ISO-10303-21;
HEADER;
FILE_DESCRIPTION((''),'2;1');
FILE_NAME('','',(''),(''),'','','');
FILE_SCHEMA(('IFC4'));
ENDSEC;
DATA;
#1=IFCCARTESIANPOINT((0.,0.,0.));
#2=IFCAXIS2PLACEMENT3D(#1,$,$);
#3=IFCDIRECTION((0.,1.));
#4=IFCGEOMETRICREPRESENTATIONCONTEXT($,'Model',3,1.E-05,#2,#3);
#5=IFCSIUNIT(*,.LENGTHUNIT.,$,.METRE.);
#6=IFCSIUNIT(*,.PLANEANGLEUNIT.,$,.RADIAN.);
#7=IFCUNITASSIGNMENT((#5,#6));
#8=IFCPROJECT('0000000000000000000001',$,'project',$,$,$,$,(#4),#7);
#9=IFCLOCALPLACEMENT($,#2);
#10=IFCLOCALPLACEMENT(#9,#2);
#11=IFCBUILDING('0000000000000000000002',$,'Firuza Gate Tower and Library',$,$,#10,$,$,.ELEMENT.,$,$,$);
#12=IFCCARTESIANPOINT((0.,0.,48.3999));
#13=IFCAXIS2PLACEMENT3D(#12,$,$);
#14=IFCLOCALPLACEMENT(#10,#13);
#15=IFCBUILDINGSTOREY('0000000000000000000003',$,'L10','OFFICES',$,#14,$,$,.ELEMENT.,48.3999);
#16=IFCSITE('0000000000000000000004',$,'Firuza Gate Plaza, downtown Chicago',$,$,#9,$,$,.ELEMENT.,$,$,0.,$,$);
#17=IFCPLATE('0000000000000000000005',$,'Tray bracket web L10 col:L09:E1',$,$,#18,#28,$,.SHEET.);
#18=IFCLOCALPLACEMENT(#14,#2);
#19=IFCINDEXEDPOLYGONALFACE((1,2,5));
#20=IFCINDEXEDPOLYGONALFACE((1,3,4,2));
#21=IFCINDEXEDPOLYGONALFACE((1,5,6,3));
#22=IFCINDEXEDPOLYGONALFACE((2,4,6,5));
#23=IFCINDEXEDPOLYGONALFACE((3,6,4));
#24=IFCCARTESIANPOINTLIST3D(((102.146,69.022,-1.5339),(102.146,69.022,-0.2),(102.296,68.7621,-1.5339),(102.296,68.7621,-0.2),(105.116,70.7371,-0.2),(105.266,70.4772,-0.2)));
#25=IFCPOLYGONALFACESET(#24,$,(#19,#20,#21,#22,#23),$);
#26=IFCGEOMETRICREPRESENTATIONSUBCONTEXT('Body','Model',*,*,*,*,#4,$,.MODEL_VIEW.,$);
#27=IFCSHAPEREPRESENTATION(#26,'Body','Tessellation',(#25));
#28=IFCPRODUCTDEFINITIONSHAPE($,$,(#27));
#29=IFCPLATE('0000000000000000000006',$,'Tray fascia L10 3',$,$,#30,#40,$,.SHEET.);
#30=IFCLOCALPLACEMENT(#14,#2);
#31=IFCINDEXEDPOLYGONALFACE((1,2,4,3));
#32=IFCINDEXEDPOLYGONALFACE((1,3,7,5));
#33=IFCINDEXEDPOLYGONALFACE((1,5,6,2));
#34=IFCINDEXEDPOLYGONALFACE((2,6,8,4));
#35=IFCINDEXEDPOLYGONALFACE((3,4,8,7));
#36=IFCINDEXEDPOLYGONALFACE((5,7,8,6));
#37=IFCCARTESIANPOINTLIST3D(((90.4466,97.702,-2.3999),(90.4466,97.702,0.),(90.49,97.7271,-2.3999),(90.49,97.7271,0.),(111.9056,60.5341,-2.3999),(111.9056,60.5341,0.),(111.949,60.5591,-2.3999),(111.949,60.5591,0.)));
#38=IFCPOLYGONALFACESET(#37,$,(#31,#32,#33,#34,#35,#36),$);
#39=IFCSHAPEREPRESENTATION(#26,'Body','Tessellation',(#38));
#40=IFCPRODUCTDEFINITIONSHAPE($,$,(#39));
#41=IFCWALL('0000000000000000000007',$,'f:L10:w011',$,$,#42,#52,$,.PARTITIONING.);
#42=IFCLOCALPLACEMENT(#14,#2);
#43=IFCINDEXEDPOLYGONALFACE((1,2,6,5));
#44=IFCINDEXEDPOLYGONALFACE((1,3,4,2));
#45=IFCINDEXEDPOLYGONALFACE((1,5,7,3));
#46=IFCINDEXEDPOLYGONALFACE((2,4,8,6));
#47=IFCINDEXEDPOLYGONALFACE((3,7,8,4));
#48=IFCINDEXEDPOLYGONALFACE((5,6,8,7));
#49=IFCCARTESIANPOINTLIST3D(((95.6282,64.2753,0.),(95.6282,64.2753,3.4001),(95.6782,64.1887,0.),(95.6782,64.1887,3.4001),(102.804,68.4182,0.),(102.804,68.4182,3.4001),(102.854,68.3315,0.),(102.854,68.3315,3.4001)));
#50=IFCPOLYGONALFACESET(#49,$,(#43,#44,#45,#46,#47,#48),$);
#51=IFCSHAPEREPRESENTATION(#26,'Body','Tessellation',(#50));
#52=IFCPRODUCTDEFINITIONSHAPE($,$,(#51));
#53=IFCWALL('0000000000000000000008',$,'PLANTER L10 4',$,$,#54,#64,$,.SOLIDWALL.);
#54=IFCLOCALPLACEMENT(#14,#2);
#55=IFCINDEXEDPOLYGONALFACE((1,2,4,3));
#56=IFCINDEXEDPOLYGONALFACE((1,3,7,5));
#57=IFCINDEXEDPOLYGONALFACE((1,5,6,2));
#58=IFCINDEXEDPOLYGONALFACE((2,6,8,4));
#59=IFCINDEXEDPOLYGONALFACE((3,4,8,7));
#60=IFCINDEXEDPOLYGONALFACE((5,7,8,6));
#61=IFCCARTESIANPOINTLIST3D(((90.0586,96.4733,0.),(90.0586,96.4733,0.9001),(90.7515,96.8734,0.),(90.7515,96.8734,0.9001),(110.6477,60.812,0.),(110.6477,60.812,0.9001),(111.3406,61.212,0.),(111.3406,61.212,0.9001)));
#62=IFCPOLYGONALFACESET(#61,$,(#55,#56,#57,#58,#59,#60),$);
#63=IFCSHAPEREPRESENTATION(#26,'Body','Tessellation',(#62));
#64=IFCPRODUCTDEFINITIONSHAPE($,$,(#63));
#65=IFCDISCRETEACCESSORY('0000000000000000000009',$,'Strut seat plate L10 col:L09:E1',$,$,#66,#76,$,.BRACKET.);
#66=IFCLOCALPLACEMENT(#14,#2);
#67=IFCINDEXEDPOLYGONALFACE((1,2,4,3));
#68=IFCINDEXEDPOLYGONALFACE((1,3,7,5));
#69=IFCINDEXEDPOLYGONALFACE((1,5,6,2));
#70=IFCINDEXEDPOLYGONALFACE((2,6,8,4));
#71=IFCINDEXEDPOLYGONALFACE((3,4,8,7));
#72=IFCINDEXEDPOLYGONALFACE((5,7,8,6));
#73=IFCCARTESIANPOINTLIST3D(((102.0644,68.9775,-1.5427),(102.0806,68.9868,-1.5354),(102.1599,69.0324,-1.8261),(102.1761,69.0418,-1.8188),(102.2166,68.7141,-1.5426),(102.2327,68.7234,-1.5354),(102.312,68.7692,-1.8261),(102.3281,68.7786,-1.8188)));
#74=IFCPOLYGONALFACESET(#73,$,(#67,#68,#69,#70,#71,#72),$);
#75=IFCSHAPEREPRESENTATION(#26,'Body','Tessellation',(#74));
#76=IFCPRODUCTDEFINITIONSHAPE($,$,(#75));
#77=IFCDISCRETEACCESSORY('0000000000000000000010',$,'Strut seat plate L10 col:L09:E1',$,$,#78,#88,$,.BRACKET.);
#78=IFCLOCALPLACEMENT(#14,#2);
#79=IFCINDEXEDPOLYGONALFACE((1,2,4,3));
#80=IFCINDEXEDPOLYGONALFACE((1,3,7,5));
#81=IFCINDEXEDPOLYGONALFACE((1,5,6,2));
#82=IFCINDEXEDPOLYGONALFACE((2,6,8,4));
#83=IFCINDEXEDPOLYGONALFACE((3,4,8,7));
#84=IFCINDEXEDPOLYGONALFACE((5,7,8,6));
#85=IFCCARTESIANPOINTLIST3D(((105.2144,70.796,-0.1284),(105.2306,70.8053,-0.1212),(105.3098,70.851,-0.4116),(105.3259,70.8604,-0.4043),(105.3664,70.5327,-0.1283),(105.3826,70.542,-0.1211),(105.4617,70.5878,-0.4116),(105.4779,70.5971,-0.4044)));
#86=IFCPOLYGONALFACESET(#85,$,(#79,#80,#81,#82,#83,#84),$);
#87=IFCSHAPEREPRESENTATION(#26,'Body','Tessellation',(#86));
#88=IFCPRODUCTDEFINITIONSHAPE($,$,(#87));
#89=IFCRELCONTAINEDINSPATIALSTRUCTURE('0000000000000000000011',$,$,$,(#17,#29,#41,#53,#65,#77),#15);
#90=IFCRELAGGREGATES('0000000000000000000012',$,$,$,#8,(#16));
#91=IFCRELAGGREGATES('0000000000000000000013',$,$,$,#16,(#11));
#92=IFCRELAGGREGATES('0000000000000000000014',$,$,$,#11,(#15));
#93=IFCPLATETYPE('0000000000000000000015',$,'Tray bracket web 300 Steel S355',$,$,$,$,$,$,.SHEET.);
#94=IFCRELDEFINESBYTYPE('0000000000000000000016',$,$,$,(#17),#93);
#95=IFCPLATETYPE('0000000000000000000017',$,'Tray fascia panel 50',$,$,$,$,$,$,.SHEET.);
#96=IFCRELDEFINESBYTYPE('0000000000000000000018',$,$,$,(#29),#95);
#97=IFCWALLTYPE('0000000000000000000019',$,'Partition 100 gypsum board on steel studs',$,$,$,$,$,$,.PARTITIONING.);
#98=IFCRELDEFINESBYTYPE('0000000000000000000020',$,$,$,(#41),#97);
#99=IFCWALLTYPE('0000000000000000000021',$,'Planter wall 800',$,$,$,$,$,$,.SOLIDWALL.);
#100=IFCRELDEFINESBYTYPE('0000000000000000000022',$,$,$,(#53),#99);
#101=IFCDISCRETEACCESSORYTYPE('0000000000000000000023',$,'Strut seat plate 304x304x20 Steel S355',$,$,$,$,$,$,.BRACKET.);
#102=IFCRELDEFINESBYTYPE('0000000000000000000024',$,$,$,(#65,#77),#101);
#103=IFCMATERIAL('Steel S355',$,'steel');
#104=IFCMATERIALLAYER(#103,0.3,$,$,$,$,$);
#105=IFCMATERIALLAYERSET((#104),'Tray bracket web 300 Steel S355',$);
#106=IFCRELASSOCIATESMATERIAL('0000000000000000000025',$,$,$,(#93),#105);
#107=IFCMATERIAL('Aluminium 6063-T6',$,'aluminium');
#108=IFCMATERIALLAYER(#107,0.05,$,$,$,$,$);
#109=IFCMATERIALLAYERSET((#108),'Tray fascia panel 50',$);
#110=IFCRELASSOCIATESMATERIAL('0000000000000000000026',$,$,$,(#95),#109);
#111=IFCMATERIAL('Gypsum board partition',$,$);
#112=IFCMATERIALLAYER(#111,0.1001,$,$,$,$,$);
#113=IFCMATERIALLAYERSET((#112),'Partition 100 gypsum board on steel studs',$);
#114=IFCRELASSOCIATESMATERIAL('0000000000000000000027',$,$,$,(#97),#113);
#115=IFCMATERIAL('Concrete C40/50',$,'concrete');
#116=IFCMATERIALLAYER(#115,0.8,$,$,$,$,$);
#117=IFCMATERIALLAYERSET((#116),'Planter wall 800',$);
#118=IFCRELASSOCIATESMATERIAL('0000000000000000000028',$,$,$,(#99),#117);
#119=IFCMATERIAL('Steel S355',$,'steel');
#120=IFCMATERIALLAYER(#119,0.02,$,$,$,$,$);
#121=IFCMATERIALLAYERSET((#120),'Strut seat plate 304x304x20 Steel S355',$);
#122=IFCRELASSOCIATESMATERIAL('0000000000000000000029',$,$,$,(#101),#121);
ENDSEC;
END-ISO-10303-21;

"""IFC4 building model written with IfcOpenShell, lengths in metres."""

from ifc_helpers import new_model, si_unit, direction, frame, frame_2d, origin, place, context, subcontext, project, spatial, polyline, rectangle, outline, extrude, material, layer, layer_set, type_object, element, save


model = new_model("IFC4")

# Units and contexts
model_context = context("Model", 3, precision=1e-05, world=origin(), true_north=direction((0.0, 1.0)))
body_context = subcontext(model_context, "Body", "Model", "MODEL_VIEW")
ifc_project = project(units=[si_unit("LENGTHUNIT", "METRE"), si_unit("PLANEANGLEUNIT", "RADIAN")], contexts=[model_context])

# Site, building, storey
site_placement = place(None, origin())
site = spatial("IfcSite", under=ifc_project, at=site_placement, Name="Firuza Gate Plaza, downtown Chicago", CompositionType="ELEMENT", RefElevation=0.0)
building_placement = place(site_placement, origin())
building = spatial("IfcBuilding", under=site, at=building_placement, Name="Firuza Gate Tower and Library", CompositionType="ELEMENT")
storey_placement = place(building_placement, frame((0.0, 0.0, 48.3999)))
storey = spatial("IfcBuildingStorey", under=building, at=storey_placement, Name="L10", Description="OFFICES", CompositionType="ELEMENT", Elevation=48.3999)

# Plates
ifc_material_1 = material(Name="Steel S355", Category="steel")
ifc_layer_1 = layer(ifc_material_1, 0.3)
ifc_layer_set_1 = layer_set([ifc_layer_1], Name="Tray bracket web 300 Steel S355")
plate_type_1 = type_object("IfcPlateType", Name="Tray bracket web 300 Steel S355", PredefinedType="SHEET", material=ifc_layer_set_1)
plate_1_placement = place(storey_placement, frame((102.146, 69.022, -0.2), z_axis=(-0.500082, 0.865978, 0.0), x_axis=(0.865978, 0.500082, 0.0)))
element("IfcPlate", 1, at=plate_1_placement, inside=storey, type_object=plate_type_1, Name="Tray bracket web L10 col:L09:E1", PredefinedType="SHEET", context=body_context, shape_type="SweptSolid", body=[
    extrude(outline(polyline([(0.0, 0.0), (3.4296, 0.0), (0.0, 1.334), (0.0, 0.0)])), origin(), (0.0, 0.0, -1.0), 0.3),
])
ifc_material_2 = material(Name="Aluminium 6063-T6", Category="aluminium")
ifc_layer_2 = layer(ifc_material_2, 0.05)
ifc_layer_set_2 = layer_set([ifc_layer_2], Name="Tray fascia panel 50")
plate_type_2 = type_object("IfcPlateType", Name="Tray fascia panel 50", PredefinedType="SHEET", material=ifc_layer_set_2)
plate_2_placement = place(storey_placement, frame((111.949, 60.5591, -2.3999), z_axis=(0.866025, 0.500001, 0.0), x_axis=(-0.500001, 0.866025, 0.0)))
element("IfcPlate", 2, at=plate_2_placement, inside=storey, type_object=plate_type_2, Name="Tray fascia L10 3", PredefinedType="SHEET", context=body_context, shape_type="SweptSolid", body=[
    extrude(outline(polyline([(0.0, 0.0), (42.9179, 0.0), (42.9179, 2.3999), (0.0, 2.3999), (0.0, 0.0)])), origin(), (0.0, 0.0, -1.0), 0.05),
])

# Walls
ifc_material_3 = material(Name="Gypsum board partition")
ifc_layer_3 = layer(ifc_material_3, 0.1001)
ifc_layer_set_3 = layer_set([ifc_layer_3], Name="Partition 100 gypsum board on steel studs")
wall_type_1 = type_object("IfcWallType", Name="Partition 100 gypsum board on steel studs", PredefinedType="PARTITIONING", material=ifc_layer_set_3)
wall_1_placement = place(storey_placement, frame((95.6531, 64.2319, 0.0), z_axis=(0.0, 0.0, 1.0), x_axis=(0.866032, 0.499989, 0.0)))
element("IfcWall", 3, at=wall_1_placement, inside=storey, type_object=wall_type_1, Name="f:L10:w011", PredefinedType="PARTITIONING", context=body_context, shape_type="SweptSolid", body=[
    extrude(rectangle(XDim=8.2859, YDim=0.1001, at=frame_2d((4.1431, 0.0))), origin(), (0.0, 0.0, 1.0), 3.4001),
])
ifc_material_4 = material(Name="Concrete C40/50", Category="concrete")
ifc_layer_4 = layer(ifc_material_4, 0.8)
ifc_layer_set_4 = layer_set([ifc_layer_4], Name="Planter wall 800")
wall_type_2 = type_object("IfcWallType", Name="Planter wall 800", PredefinedType="SOLIDWALL", material=ifc_layer_set_4)
wall_2_placement = place(storey_placement, frame((110.9941, 61.012, 0.0), z_axis=(0.0, 0.0, 1.0), x_axis=(-0.5, 0.866025, 0.0)))
element("IfcWall", 4, at=wall_2_placement, inside=storey, type_object=wall_type_2, Name="PLANTER L10 4", PredefinedType="SOLIDWALL", context=body_context, shape_type="SweptSolid", body=[
    extrude(rectangle(XDim=41.1782, YDim=0.8, at=frame_2d((20.5891, 0.0))), origin(), (0.0, 0.0, 1.0), 0.9001),
])

# Discrete accessories
ifc_material_5 = material(Name="Steel S355", Category="steel")
ifc_layer_5 = layer(ifc_material_5, 0.02)
ifc_layer_set_5 = layer_set([ifc_layer_5], Name="Strut seat plate 304x304x20 Steel S355")
discrete_accessory_type = type_object("IfcDiscreteAccessoryType", Name="Strut seat plate 304x304x20 Steel S355", PredefinedType="BRACKET", material=ifc_layer_set_5)
discrete_accessory_1_placement = place(storey_placement, frame((102.0806, 68.9868, -1.5354), z_axis=(0.807065, 0.466204, 0.362353), x_axis=(0.500175, -0.865925, 0.000068)))
element("IfcDiscreteAccessory", 5, at=discrete_accessory_1_placement, inside=storey, type_object=discrete_accessory_type, Name="Strut seat plate L10 col:L09:E1", PredefinedType="BRACKET", context=body_context, shape_type="SweptSolid", body=[
    extrude(outline(polyline([(0.0, 0.0), (0.3042, 0.0), (0.3041, 0.3041), (0.0002, 0.3041), (0.0, 0.0)])), origin(), (0.0, 0.0, -1.0), 0.02),
])
discrete_accessory_2_placement = place(storey_placement, frame((105.3826, 70.542, -0.1211), z_axis=(0.807237, 0.46593, 0.362322), x_axis=(-0.499834, 0.866121, -0.000185)))
element("IfcDiscreteAccessory", 6, at=discrete_accessory_2_placement, inside=storey, type_object=discrete_accessory_type, Name="Strut seat plate L10 col:L09:E1", PredefinedType="BRACKET", context=body_context, shape_type="SweptSolid", body=[
    extrude(outline(polyline([(0.0, 0.0), (0.3041, 0.0), (0.3041, -0.3038), (0.0001, -0.3039), (0.0, 0.0)])), origin(), (0.0, 0.0, -1.0), 0.02),
])

save(model, "model.ifc")
